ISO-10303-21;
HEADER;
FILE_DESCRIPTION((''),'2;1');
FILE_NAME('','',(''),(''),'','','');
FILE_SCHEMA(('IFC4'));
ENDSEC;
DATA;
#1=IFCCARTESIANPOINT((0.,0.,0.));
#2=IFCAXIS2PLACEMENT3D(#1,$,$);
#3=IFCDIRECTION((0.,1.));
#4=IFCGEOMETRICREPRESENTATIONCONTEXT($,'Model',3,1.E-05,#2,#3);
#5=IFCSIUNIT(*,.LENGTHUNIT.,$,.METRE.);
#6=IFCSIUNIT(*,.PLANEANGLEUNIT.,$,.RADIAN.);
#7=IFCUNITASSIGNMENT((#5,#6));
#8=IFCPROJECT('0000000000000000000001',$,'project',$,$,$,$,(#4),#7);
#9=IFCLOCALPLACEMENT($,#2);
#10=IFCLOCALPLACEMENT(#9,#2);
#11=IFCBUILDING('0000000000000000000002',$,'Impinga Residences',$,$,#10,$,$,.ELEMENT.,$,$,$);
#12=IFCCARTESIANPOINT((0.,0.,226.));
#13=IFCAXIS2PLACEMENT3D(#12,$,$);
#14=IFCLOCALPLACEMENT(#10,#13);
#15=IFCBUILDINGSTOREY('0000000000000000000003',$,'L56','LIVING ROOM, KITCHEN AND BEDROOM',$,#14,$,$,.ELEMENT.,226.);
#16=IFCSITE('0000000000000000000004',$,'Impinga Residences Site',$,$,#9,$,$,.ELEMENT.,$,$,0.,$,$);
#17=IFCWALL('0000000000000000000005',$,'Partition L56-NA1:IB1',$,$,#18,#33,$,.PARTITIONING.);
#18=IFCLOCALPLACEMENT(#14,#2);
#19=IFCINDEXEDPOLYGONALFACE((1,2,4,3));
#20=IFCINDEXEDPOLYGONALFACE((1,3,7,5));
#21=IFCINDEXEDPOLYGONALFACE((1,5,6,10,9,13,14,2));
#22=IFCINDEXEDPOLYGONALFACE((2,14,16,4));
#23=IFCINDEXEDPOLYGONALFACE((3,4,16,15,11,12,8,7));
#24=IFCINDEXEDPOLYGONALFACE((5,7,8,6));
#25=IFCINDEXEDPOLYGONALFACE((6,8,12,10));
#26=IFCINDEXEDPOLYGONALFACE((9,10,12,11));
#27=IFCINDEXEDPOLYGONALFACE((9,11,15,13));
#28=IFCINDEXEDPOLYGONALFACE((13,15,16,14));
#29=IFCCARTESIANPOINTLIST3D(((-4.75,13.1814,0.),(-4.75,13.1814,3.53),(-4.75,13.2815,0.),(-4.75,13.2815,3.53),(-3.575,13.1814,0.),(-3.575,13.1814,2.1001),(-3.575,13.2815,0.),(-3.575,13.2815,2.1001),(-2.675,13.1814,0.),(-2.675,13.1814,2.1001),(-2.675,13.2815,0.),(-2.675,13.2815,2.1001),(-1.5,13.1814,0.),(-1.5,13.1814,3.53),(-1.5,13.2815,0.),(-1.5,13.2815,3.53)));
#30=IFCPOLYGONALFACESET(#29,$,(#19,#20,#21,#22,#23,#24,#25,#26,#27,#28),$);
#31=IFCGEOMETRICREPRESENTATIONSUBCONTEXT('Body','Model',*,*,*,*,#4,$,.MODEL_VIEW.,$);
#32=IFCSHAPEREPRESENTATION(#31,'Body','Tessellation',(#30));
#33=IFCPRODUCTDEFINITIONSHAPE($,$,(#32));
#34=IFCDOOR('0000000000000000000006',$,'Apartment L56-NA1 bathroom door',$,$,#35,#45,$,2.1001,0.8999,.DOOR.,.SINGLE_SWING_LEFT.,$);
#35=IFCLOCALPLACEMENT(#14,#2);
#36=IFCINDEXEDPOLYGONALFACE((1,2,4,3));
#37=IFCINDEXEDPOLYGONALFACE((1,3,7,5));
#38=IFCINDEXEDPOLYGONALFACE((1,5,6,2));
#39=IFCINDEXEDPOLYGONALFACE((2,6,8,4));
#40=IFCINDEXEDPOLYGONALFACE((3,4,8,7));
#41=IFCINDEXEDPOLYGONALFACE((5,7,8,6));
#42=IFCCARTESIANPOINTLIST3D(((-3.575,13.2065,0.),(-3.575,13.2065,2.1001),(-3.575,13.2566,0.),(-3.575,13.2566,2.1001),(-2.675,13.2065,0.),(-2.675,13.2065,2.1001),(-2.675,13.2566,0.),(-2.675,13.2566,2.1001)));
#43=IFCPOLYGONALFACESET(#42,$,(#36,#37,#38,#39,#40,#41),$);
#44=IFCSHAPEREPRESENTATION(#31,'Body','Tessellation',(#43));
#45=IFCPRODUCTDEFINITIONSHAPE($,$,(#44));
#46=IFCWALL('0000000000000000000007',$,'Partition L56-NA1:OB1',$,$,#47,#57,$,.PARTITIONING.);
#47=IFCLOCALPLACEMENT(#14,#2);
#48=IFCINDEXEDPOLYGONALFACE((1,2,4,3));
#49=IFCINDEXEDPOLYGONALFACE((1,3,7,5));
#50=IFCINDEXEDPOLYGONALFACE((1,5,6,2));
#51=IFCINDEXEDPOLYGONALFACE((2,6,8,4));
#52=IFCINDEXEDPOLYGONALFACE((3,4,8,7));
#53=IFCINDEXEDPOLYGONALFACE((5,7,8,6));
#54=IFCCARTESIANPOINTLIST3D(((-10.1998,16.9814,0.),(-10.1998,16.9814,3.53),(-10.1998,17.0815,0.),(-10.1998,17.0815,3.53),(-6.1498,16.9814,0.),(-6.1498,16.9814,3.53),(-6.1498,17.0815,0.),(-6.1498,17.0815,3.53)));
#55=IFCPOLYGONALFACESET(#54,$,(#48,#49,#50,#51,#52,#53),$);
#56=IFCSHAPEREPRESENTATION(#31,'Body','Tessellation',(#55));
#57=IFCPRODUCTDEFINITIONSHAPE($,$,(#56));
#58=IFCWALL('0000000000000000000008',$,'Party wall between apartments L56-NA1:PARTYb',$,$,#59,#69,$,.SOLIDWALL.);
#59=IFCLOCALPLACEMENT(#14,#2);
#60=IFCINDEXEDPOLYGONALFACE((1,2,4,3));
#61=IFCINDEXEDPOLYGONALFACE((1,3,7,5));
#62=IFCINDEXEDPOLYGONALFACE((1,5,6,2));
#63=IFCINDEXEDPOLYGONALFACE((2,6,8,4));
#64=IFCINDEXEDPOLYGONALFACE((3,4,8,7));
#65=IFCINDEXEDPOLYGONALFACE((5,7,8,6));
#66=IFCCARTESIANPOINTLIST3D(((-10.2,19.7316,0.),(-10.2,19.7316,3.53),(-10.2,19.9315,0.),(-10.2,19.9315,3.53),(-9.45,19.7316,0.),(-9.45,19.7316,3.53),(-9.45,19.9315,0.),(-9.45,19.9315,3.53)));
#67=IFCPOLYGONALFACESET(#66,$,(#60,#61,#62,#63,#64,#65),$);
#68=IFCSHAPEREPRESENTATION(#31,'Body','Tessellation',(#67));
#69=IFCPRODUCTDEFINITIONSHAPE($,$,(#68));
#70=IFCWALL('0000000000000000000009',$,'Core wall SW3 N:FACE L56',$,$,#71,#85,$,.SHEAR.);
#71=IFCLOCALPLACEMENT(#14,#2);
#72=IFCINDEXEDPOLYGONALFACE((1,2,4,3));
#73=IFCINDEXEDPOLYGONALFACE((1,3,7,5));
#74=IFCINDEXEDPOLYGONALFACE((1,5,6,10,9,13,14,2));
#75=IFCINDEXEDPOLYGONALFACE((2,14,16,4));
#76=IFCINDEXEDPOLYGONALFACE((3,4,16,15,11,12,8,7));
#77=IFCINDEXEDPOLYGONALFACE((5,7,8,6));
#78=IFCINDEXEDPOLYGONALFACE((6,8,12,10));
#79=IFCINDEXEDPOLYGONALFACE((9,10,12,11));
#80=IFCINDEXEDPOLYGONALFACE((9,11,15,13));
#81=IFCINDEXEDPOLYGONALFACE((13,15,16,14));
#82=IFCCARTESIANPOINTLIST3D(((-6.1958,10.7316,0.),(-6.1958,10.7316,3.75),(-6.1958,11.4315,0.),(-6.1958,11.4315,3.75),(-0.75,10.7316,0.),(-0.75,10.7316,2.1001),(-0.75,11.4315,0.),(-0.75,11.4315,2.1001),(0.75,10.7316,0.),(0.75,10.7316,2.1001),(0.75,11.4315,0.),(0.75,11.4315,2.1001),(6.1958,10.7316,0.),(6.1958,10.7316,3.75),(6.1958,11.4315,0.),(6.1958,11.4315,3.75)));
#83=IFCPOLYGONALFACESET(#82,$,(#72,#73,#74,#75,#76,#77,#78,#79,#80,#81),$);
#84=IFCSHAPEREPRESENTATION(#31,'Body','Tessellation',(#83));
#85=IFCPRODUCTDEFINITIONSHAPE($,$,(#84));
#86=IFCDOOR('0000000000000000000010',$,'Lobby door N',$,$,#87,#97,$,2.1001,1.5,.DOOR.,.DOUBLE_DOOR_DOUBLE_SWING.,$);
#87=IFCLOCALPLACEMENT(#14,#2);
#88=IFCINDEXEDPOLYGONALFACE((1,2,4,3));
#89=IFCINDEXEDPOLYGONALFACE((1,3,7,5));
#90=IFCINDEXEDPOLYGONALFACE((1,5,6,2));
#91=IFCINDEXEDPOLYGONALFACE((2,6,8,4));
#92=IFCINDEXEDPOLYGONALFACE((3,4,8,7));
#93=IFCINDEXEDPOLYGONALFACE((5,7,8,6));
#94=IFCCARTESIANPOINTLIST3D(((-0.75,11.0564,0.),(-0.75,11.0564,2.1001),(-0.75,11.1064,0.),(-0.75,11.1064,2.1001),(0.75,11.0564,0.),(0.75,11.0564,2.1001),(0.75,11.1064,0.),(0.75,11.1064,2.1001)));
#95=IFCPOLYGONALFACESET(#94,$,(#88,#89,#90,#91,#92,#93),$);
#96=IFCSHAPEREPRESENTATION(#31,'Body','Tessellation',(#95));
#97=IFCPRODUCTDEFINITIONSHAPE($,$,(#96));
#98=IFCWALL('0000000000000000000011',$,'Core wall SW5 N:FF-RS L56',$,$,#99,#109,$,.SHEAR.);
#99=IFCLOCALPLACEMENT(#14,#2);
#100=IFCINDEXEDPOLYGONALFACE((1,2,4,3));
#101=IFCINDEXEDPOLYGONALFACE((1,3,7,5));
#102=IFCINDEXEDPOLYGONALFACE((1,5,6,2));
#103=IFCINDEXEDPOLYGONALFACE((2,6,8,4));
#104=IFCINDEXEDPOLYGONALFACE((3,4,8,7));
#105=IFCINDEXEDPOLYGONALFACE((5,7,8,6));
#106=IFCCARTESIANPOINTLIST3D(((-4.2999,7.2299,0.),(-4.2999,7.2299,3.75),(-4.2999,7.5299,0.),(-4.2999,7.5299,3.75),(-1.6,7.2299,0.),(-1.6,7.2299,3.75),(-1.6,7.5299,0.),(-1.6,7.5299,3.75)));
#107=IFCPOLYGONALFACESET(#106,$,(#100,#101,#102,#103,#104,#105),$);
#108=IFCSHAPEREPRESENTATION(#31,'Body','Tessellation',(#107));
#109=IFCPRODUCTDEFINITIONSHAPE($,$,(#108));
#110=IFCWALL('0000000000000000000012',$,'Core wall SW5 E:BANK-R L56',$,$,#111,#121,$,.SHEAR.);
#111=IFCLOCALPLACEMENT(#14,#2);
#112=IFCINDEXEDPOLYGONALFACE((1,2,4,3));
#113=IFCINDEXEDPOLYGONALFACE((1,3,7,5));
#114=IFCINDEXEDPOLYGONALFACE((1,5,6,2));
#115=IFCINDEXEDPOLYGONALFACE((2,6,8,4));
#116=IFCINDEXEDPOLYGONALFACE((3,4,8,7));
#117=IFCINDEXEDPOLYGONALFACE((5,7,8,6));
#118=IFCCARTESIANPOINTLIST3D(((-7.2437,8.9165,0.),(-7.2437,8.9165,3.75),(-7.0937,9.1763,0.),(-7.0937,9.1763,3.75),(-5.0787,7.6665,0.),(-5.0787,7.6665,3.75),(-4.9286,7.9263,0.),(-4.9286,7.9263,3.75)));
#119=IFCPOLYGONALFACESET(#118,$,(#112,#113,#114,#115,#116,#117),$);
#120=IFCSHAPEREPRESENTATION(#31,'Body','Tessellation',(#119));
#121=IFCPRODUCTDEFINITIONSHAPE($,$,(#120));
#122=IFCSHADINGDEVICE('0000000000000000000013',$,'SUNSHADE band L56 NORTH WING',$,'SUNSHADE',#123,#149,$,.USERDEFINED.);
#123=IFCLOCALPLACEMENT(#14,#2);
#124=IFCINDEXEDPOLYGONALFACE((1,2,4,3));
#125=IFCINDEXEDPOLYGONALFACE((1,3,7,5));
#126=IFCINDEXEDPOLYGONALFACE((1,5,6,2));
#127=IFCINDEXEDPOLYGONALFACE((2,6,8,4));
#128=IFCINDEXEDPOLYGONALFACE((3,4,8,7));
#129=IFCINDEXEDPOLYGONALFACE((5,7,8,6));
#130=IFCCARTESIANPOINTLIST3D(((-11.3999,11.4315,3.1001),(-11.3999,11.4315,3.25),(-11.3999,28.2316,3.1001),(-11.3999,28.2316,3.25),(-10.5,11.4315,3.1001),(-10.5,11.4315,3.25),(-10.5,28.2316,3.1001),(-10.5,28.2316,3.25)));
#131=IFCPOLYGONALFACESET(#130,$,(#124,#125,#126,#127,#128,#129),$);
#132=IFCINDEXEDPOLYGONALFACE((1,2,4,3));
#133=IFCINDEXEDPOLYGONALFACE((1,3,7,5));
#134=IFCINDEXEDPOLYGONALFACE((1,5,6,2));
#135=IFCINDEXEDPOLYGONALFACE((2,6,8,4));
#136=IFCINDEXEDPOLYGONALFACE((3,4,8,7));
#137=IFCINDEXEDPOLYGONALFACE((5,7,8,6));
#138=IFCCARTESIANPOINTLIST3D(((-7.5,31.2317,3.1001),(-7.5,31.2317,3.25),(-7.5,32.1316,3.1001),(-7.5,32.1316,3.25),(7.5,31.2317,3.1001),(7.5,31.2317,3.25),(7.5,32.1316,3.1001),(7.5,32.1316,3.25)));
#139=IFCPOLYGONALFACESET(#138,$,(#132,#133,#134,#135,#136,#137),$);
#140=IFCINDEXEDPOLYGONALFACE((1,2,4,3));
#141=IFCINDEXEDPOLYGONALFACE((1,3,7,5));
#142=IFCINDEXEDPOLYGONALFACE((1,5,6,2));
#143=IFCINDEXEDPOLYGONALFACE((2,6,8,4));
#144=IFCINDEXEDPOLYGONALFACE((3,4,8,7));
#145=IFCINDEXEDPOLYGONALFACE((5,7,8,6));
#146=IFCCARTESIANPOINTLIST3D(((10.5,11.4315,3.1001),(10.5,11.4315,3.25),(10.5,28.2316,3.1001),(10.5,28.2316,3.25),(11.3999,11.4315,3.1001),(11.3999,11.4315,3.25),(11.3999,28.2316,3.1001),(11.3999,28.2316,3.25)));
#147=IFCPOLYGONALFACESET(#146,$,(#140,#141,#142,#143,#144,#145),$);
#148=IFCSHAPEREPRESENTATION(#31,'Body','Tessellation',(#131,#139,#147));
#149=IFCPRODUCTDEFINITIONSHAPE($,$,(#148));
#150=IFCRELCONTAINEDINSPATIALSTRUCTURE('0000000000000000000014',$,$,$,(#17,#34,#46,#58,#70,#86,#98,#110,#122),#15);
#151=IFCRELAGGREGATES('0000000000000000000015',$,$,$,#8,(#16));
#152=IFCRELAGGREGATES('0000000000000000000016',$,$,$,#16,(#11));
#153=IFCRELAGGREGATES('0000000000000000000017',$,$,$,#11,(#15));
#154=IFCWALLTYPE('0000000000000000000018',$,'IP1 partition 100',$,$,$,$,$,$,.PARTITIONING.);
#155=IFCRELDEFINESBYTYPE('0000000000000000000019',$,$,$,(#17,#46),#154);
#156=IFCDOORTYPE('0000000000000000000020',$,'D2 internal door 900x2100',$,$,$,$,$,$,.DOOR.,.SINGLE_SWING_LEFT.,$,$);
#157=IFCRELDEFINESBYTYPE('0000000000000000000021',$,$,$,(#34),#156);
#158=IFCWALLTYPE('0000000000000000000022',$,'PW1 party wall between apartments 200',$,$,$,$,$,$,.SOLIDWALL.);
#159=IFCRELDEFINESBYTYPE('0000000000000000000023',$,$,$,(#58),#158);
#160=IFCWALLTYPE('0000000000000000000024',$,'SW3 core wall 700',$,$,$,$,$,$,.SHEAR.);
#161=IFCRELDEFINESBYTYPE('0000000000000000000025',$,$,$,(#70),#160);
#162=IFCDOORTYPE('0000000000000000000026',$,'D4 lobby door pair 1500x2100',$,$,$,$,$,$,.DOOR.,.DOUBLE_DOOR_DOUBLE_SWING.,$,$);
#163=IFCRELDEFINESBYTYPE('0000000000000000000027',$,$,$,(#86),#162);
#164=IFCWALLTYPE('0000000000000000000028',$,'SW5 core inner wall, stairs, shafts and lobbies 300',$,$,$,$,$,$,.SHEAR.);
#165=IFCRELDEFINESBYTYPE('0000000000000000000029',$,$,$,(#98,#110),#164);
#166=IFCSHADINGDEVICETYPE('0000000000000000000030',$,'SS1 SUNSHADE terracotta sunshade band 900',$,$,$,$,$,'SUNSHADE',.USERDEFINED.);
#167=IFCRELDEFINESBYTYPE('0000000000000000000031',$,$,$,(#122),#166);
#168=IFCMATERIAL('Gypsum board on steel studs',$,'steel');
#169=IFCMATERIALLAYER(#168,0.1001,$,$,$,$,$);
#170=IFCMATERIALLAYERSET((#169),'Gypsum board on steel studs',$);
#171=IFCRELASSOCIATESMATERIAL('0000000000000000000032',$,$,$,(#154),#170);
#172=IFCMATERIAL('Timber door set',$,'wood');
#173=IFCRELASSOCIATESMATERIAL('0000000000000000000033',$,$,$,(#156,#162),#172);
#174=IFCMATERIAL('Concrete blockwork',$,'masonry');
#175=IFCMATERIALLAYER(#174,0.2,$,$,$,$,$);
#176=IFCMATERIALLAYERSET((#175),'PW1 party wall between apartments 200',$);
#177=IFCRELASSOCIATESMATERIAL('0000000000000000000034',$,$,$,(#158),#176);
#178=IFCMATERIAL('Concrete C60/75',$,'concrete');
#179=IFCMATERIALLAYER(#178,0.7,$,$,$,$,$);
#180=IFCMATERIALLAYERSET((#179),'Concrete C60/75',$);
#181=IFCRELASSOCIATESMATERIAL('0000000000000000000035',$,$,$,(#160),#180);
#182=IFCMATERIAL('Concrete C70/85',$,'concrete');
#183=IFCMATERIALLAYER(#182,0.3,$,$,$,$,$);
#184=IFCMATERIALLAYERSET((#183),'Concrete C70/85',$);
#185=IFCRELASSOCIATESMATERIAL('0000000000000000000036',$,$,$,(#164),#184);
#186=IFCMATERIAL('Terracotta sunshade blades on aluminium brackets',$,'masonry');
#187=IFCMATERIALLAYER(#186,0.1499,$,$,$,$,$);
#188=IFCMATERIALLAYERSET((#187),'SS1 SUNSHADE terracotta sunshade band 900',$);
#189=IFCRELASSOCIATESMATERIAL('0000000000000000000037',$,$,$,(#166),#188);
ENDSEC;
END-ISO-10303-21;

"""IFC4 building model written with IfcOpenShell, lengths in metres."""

from ifc_helpers import new_model, si_unit, direction, frame, frame_2d, origin, origin_2d, place, context, subcontext, project, spatial, rectangle, extrude, material, layer, layer_set, type_object, element, fill, save


model = new_model("IFC4")

# Units and contexts
model_context = context("Model", 3, precision=1e-05, world=origin(), true_north=direction((0.0, 1.0)))
body_context = subcontext(model_context, "Body", "Model", "MODEL_VIEW")
ifc_project = project(units=[si_unit("LENGTHUNIT", "METRE"), si_unit("PLANEANGLEUNIT", "RADIAN")], contexts=[model_context])

# Site, building, storey
site_placement = place(None, origin())
site = spatial("IfcSite", under=ifc_project, at=site_placement, Name="Impinga Residences Site", CompositionType="ELEMENT", RefElevation=0.0)
building_placement = place(site_placement, origin())
building = spatial("IfcBuilding", under=site, at=building_placement, Name="Impinga Residences", CompositionType="ELEMENT")
storey_placement = place(building_placement, frame((0.0, 0.0, 226.0)))
storey = spatial("IfcBuildingStorey", under=building, at=storey_placement, Name="L56", Description="LIVING ROOM, KITCHEN AND BEDROOM", CompositionType="ELEMENT", Elevation=226.0)

# Shared definitions
ifc_material_1 = material(Name="Concrete C60/75", Category="concrete")

# Shared definitions
ifc_material_2 = material(Name="Timber door set", Category="wood")

# Shared definitions
ifc_material_3 = material(Name="Gypsum board on steel studs", Category="steel")
ifc_layer_1 = layer(ifc_material_3, 0.1001)
ifc_layer_set_1 = layer_set([ifc_layer_1], Name="Gypsum board on steel studs")
wall_type_1 = type_object("IfcWallType", Name="IP1 partition 100", PredefinedType="PARTITIONING", material=ifc_layer_set_1)

# Shared definitions
door_type_1 = type_object("IfcDoorType", Name="D2 internal door 900x2100", OperationType="SINGLE_SWING_LEFT", PredefinedType="DOOR", material=ifc_material_2)

# Wall, opening, door
wall_1_placement = place(storey_placement, frame((-1.5, 13.2314, 0.0), z_axis=(0.0, 0.0, 1.0), x_axis=(-1.0, 0.0, 0.0)))
wall_1 = element("IfcWall", 1, at=wall_1_placement, inside=storey, type_object=wall_type_1, Name="Partition L56-NA1:IB1", PredefinedType="PARTITIONING", context=body_context, shape_type="SweptSolid", body=[
    extrude(rectangle(XDim=3.25, YDim=0.1001, at=frame_2d((1.625, 0.0))), origin(), (0.0, 0.0, 1.0), 3.53),
])
opening_1_placement = place(wall_1_placement, frame((1.175, 0.0, 0.0)))
opening_1 = element("IfcOpeningElement", 2, at=opening_1_placement, cuts=wall_1, PredefinedType="OPENING", context=body_context, shape_type="SweptSolid", body=[
    extrude(rectangle(XDim=0.8999, YDim=2.1001, at=frame_2d((0.45, 1.05))), frame((0.0, 0.0601, 0.0), z_axis=(0.0, -1.0, 0.0), x_axis=(1.0, 0.0, 0.0)), (0.0, 0.0, 1.0), 0.1201),
])
door_1_placement = place(opening_1_placement, origin())
door_1 = element("IfcDoor", 3, at=door_1_placement, inside=storey, type_object=door_type_1, Name="Apartment L56-NA1 bathroom door", OperationType="SINGLE_SWING_LEFT", OverallHeight=2.1001, OverallWidth=0.8999, PredefinedType="DOOR", context=body_context, shape_type="SweptSolid", body=[
    extrude(rectangle(XDim=0.8999, YDim=2.1001, at=frame_2d((0.45, 1.05))), frame((0.0, 0.0249, 0.0), z_axis=(0.0, -1.0, 0.0), x_axis=(1.0, 0.0, 0.0)), (0.0, 0.0, 1.0), 0.05),
])
fill(opening_1, door_1)

# Walls
wall_2_placement = place(storey_placement, frame((-6.1499, 17.0315, 0.0), z_axis=(0.0, 0.0, 1.0), x_axis=(-1.0, 0.0, 0.0)))
element("IfcWall", 4, at=wall_2_placement, inside=storey, type_object=wall_type_1, Name="Partition L56-NA1:OB1", PredefinedType="PARTITIONING", context=body_context, shape_type="SweptSolid", body=[
    extrude(rectangle(XDim=4.05, YDim=0.1001, at=frame_2d((2.0249, 0.0))), origin(), (0.0, 0.0, 1.0), 3.53),
])
ifc_material_4 = material(Name="Concrete blockwork", Category="masonry")
ifc_layer_2 = layer(ifc_material_4, 0.2)
ifc_layer_set_2 = layer_set([ifc_layer_2], Name="PW1 party wall between apartments 200")
wall_type_2 = type_object("IfcWallType", Name="PW1 party wall between apartments 200", PredefinedType="SOLIDWALL", material=ifc_layer_set_2)
wall_3_placement = place(storey_placement, frame((-9.45, 19.8315, 0.0), z_axis=(0.0, 0.0, 1.0), x_axis=(-1.0, 0.0, 0.0)))
element("IfcWall", 5, at=wall_3_placement, inside=storey, type_object=wall_type_2, Name="Party wall between apartments L56-NA1:PARTYb", PredefinedType="SOLIDWALL", context=body_context, shape_type="SweptSolid", body=[
    extrude(rectangle(XDim=0.75, YDim=0.2, at=frame_2d((0.375, 0.0))), origin(), (0.0, 0.0, 1.0), 3.53),
])

# Wall, opening, door
ifc_layer_3 = layer(ifc_material_1, 0.7)
ifc_layer_set_3 = layer_set([ifc_layer_3], Name="Concrete C60/75")
wall_type_3 = type_object("IfcWallType", Name="SW3 core wall 700", PredefinedType="SHEAR", material=ifc_layer_set_3)
wall_4_placement = place(storey_placement, frame((-6.1958, 11.0815, 0.0), z_axis=(0.0, 0.0, 1.0), x_axis=(1.0, 0.0, 0.0)))
wall_4 = element("IfcWall", 6, at=wall_4_placement, inside=storey, type_object=wall_type_3, Name="Core wall SW3 N:FACE L56", PredefinedType="SHEAR", context=body_context, shape_type="SweptSolid", body=[
    extrude(rectangle(XDim=12.3916, YDim=0.7, at=frame_2d((6.1958, 0.0))), origin(), (0.0, 0.0, 1.0), 3.75),
])
opening_2_placement = place(wall_4_placement, frame((5.4458, 0.0, 0.0)))
opening_2 = element("IfcOpeningElement", 7, at=opening_2_placement, cuts=wall_4, PredefinedType="OPENING", context=body_context, shape_type="SweptSolid", body=[
    extrude(rectangle(XDim=1.5, YDim=2.1001, at=frame_2d((0.75, 1.05))), frame((0.0, 0.3599, 0.0), z_axis=(0.0, -1.0, 0.0), x_axis=(1.0, 0.0, 0.0)), (0.0, 0.0, 1.0), 0.72),
])
door_type_2 = type_object("IfcDoorType", Name="D4 lobby door pair 1500x2100", OperationType="DOUBLE_DOOR_DOUBLE_SWING", PredefinedType="DOOR", material=ifc_material_2)
door_2_placement = place(opening_2_placement, origin())
door_2 = element("IfcDoor", 8, at=door_2_placement, inside=storey, type_object=door_type_2, Name="Lobby door N", OperationType="DOUBLE_DOOR_DOUBLE_SWING", OverallHeight=2.1001, OverallWidth=1.5, PredefinedType="DOOR", context=body_context, shape_type="SweptSolid", body=[
    extrude(rectangle(XDim=1.5, YDim=2.1001, at=frame_2d((0.75, 1.05))), frame((0.0, 0.0249, 0.0), z_axis=(0.0, -1.0, 0.0), x_axis=(1.0, 0.0, 0.0)), (0.0, 0.0, 1.0), 0.05),
])
fill(opening_2, door_2)

# Walls
ifc_material_5 = material(Name="Concrete C70/85", Category="concrete")
ifc_layer_4 = layer(ifc_material_5, 0.3)
ifc_layer_set_4 = layer_set([ifc_layer_4], Name="Concrete C70/85")
wall_type_4 = type_object("IfcWallType", Name="SW5 core inner wall, stairs, shafts and lobbies 300", PredefinedType="SHEAR", material=ifc_layer_set_4)
wall_5_placement = place(storey_placement, frame((-4.3, 7.3799, 0.0), z_axis=(0.0, 0.0, 1.0), x_axis=(1.0, 0.0, 0.0)))
element("IfcWall", 9, at=wall_5_placement, inside=storey, type_object=wall_type_4, Name="Core wall SW5 N:FF-RS L56", PredefinedType="SHEAR", context=body_context, shape_type="SweptSolid", body=[
    extrude(rectangle(XDim=2.7, YDim=0.3, at=frame_2d((1.3501, 0.0))), origin(), (0.0, 0.0, 1.0), 3.75),
])
wall_6_placement = place(storey_placement, frame((-5.0037, 7.7964, 0.0), z_axis=(0.0, 0.0, 1.0), x_axis=(-0.866023, 0.500004, 0.0)))
element("IfcWall", 10, at=wall_6_placement, inside=storey, type_object=wall_type_4, Name="Core wall SW5 E:BANK-R L56", PredefinedType="SHEAR", context=body_context, shape_type="SweptSolid", body=[
    extrude(rectangle(XDim=2.5, YDim=0.3, at=frame_2d((1.25, 0.0))), origin(), (0.0, 0.0, 1.0), 3.75),
])

# Shading device
ifc_material_6 = material(Name="Terracotta sunshade blades on aluminium brackets", Category="masonry")
ifc_layer_5 = layer(ifc_material_6, 0.1499)
ifc_layer_set_5 = layer_set([ifc_layer_5], Name="SS1 SUNSHADE terracotta sunshade band 900")
shading_device_type = type_object("IfcShadingDeviceType", Name="SS1 SUNSHADE terracotta sunshade band 900", ElementType="SUNSHADE", PredefinedType="USERDEFINED", material=ifc_layer_set_5)
shading_device_placement = place(storey_placement, frame((-10.95, 19.8315, 3.1001), z_axis=(0.0, 0.0, 1.0), x_axis=(0.0, 1.0, 0.0)))
element("IfcShadingDevice", 11, at=shading_device_placement, inside=storey, type_object=shading_device_type, Name="SUNSHADE band L56 NORTH WING", ObjectType="SUNSHADE", PredefinedType="USERDEFINED", context=body_context, shape_type="SweptSolid", body=[
    extrude(rectangle(XDim=16.8, YDim=0.8999, at=origin_2d()), origin(), (0.0, 0.0, 1.0), 0.1499),
    extrude(rectangle(XDim=15.0, YDim=0.8999, at=origin_2d()), frame((11.8501, -10.95, 0.0), z_axis=(0.0, 0.0, 1.0), x_axis=(0.0, -1.0, 0.0)), (0.0, 0.0, 1.0), 0.1499),
    extrude(rectangle(XDim=16.8, YDim=0.8999, at=origin_2d()), frame((0.0, -21.8999, 0.0), z_axis=(0.0, 0.0, 1.0), x_axis=(-1.0, 0.0, 0.0)), (0.0, 0.0, 1.0), 0.1499),
])

save(model, "model.ifc")
